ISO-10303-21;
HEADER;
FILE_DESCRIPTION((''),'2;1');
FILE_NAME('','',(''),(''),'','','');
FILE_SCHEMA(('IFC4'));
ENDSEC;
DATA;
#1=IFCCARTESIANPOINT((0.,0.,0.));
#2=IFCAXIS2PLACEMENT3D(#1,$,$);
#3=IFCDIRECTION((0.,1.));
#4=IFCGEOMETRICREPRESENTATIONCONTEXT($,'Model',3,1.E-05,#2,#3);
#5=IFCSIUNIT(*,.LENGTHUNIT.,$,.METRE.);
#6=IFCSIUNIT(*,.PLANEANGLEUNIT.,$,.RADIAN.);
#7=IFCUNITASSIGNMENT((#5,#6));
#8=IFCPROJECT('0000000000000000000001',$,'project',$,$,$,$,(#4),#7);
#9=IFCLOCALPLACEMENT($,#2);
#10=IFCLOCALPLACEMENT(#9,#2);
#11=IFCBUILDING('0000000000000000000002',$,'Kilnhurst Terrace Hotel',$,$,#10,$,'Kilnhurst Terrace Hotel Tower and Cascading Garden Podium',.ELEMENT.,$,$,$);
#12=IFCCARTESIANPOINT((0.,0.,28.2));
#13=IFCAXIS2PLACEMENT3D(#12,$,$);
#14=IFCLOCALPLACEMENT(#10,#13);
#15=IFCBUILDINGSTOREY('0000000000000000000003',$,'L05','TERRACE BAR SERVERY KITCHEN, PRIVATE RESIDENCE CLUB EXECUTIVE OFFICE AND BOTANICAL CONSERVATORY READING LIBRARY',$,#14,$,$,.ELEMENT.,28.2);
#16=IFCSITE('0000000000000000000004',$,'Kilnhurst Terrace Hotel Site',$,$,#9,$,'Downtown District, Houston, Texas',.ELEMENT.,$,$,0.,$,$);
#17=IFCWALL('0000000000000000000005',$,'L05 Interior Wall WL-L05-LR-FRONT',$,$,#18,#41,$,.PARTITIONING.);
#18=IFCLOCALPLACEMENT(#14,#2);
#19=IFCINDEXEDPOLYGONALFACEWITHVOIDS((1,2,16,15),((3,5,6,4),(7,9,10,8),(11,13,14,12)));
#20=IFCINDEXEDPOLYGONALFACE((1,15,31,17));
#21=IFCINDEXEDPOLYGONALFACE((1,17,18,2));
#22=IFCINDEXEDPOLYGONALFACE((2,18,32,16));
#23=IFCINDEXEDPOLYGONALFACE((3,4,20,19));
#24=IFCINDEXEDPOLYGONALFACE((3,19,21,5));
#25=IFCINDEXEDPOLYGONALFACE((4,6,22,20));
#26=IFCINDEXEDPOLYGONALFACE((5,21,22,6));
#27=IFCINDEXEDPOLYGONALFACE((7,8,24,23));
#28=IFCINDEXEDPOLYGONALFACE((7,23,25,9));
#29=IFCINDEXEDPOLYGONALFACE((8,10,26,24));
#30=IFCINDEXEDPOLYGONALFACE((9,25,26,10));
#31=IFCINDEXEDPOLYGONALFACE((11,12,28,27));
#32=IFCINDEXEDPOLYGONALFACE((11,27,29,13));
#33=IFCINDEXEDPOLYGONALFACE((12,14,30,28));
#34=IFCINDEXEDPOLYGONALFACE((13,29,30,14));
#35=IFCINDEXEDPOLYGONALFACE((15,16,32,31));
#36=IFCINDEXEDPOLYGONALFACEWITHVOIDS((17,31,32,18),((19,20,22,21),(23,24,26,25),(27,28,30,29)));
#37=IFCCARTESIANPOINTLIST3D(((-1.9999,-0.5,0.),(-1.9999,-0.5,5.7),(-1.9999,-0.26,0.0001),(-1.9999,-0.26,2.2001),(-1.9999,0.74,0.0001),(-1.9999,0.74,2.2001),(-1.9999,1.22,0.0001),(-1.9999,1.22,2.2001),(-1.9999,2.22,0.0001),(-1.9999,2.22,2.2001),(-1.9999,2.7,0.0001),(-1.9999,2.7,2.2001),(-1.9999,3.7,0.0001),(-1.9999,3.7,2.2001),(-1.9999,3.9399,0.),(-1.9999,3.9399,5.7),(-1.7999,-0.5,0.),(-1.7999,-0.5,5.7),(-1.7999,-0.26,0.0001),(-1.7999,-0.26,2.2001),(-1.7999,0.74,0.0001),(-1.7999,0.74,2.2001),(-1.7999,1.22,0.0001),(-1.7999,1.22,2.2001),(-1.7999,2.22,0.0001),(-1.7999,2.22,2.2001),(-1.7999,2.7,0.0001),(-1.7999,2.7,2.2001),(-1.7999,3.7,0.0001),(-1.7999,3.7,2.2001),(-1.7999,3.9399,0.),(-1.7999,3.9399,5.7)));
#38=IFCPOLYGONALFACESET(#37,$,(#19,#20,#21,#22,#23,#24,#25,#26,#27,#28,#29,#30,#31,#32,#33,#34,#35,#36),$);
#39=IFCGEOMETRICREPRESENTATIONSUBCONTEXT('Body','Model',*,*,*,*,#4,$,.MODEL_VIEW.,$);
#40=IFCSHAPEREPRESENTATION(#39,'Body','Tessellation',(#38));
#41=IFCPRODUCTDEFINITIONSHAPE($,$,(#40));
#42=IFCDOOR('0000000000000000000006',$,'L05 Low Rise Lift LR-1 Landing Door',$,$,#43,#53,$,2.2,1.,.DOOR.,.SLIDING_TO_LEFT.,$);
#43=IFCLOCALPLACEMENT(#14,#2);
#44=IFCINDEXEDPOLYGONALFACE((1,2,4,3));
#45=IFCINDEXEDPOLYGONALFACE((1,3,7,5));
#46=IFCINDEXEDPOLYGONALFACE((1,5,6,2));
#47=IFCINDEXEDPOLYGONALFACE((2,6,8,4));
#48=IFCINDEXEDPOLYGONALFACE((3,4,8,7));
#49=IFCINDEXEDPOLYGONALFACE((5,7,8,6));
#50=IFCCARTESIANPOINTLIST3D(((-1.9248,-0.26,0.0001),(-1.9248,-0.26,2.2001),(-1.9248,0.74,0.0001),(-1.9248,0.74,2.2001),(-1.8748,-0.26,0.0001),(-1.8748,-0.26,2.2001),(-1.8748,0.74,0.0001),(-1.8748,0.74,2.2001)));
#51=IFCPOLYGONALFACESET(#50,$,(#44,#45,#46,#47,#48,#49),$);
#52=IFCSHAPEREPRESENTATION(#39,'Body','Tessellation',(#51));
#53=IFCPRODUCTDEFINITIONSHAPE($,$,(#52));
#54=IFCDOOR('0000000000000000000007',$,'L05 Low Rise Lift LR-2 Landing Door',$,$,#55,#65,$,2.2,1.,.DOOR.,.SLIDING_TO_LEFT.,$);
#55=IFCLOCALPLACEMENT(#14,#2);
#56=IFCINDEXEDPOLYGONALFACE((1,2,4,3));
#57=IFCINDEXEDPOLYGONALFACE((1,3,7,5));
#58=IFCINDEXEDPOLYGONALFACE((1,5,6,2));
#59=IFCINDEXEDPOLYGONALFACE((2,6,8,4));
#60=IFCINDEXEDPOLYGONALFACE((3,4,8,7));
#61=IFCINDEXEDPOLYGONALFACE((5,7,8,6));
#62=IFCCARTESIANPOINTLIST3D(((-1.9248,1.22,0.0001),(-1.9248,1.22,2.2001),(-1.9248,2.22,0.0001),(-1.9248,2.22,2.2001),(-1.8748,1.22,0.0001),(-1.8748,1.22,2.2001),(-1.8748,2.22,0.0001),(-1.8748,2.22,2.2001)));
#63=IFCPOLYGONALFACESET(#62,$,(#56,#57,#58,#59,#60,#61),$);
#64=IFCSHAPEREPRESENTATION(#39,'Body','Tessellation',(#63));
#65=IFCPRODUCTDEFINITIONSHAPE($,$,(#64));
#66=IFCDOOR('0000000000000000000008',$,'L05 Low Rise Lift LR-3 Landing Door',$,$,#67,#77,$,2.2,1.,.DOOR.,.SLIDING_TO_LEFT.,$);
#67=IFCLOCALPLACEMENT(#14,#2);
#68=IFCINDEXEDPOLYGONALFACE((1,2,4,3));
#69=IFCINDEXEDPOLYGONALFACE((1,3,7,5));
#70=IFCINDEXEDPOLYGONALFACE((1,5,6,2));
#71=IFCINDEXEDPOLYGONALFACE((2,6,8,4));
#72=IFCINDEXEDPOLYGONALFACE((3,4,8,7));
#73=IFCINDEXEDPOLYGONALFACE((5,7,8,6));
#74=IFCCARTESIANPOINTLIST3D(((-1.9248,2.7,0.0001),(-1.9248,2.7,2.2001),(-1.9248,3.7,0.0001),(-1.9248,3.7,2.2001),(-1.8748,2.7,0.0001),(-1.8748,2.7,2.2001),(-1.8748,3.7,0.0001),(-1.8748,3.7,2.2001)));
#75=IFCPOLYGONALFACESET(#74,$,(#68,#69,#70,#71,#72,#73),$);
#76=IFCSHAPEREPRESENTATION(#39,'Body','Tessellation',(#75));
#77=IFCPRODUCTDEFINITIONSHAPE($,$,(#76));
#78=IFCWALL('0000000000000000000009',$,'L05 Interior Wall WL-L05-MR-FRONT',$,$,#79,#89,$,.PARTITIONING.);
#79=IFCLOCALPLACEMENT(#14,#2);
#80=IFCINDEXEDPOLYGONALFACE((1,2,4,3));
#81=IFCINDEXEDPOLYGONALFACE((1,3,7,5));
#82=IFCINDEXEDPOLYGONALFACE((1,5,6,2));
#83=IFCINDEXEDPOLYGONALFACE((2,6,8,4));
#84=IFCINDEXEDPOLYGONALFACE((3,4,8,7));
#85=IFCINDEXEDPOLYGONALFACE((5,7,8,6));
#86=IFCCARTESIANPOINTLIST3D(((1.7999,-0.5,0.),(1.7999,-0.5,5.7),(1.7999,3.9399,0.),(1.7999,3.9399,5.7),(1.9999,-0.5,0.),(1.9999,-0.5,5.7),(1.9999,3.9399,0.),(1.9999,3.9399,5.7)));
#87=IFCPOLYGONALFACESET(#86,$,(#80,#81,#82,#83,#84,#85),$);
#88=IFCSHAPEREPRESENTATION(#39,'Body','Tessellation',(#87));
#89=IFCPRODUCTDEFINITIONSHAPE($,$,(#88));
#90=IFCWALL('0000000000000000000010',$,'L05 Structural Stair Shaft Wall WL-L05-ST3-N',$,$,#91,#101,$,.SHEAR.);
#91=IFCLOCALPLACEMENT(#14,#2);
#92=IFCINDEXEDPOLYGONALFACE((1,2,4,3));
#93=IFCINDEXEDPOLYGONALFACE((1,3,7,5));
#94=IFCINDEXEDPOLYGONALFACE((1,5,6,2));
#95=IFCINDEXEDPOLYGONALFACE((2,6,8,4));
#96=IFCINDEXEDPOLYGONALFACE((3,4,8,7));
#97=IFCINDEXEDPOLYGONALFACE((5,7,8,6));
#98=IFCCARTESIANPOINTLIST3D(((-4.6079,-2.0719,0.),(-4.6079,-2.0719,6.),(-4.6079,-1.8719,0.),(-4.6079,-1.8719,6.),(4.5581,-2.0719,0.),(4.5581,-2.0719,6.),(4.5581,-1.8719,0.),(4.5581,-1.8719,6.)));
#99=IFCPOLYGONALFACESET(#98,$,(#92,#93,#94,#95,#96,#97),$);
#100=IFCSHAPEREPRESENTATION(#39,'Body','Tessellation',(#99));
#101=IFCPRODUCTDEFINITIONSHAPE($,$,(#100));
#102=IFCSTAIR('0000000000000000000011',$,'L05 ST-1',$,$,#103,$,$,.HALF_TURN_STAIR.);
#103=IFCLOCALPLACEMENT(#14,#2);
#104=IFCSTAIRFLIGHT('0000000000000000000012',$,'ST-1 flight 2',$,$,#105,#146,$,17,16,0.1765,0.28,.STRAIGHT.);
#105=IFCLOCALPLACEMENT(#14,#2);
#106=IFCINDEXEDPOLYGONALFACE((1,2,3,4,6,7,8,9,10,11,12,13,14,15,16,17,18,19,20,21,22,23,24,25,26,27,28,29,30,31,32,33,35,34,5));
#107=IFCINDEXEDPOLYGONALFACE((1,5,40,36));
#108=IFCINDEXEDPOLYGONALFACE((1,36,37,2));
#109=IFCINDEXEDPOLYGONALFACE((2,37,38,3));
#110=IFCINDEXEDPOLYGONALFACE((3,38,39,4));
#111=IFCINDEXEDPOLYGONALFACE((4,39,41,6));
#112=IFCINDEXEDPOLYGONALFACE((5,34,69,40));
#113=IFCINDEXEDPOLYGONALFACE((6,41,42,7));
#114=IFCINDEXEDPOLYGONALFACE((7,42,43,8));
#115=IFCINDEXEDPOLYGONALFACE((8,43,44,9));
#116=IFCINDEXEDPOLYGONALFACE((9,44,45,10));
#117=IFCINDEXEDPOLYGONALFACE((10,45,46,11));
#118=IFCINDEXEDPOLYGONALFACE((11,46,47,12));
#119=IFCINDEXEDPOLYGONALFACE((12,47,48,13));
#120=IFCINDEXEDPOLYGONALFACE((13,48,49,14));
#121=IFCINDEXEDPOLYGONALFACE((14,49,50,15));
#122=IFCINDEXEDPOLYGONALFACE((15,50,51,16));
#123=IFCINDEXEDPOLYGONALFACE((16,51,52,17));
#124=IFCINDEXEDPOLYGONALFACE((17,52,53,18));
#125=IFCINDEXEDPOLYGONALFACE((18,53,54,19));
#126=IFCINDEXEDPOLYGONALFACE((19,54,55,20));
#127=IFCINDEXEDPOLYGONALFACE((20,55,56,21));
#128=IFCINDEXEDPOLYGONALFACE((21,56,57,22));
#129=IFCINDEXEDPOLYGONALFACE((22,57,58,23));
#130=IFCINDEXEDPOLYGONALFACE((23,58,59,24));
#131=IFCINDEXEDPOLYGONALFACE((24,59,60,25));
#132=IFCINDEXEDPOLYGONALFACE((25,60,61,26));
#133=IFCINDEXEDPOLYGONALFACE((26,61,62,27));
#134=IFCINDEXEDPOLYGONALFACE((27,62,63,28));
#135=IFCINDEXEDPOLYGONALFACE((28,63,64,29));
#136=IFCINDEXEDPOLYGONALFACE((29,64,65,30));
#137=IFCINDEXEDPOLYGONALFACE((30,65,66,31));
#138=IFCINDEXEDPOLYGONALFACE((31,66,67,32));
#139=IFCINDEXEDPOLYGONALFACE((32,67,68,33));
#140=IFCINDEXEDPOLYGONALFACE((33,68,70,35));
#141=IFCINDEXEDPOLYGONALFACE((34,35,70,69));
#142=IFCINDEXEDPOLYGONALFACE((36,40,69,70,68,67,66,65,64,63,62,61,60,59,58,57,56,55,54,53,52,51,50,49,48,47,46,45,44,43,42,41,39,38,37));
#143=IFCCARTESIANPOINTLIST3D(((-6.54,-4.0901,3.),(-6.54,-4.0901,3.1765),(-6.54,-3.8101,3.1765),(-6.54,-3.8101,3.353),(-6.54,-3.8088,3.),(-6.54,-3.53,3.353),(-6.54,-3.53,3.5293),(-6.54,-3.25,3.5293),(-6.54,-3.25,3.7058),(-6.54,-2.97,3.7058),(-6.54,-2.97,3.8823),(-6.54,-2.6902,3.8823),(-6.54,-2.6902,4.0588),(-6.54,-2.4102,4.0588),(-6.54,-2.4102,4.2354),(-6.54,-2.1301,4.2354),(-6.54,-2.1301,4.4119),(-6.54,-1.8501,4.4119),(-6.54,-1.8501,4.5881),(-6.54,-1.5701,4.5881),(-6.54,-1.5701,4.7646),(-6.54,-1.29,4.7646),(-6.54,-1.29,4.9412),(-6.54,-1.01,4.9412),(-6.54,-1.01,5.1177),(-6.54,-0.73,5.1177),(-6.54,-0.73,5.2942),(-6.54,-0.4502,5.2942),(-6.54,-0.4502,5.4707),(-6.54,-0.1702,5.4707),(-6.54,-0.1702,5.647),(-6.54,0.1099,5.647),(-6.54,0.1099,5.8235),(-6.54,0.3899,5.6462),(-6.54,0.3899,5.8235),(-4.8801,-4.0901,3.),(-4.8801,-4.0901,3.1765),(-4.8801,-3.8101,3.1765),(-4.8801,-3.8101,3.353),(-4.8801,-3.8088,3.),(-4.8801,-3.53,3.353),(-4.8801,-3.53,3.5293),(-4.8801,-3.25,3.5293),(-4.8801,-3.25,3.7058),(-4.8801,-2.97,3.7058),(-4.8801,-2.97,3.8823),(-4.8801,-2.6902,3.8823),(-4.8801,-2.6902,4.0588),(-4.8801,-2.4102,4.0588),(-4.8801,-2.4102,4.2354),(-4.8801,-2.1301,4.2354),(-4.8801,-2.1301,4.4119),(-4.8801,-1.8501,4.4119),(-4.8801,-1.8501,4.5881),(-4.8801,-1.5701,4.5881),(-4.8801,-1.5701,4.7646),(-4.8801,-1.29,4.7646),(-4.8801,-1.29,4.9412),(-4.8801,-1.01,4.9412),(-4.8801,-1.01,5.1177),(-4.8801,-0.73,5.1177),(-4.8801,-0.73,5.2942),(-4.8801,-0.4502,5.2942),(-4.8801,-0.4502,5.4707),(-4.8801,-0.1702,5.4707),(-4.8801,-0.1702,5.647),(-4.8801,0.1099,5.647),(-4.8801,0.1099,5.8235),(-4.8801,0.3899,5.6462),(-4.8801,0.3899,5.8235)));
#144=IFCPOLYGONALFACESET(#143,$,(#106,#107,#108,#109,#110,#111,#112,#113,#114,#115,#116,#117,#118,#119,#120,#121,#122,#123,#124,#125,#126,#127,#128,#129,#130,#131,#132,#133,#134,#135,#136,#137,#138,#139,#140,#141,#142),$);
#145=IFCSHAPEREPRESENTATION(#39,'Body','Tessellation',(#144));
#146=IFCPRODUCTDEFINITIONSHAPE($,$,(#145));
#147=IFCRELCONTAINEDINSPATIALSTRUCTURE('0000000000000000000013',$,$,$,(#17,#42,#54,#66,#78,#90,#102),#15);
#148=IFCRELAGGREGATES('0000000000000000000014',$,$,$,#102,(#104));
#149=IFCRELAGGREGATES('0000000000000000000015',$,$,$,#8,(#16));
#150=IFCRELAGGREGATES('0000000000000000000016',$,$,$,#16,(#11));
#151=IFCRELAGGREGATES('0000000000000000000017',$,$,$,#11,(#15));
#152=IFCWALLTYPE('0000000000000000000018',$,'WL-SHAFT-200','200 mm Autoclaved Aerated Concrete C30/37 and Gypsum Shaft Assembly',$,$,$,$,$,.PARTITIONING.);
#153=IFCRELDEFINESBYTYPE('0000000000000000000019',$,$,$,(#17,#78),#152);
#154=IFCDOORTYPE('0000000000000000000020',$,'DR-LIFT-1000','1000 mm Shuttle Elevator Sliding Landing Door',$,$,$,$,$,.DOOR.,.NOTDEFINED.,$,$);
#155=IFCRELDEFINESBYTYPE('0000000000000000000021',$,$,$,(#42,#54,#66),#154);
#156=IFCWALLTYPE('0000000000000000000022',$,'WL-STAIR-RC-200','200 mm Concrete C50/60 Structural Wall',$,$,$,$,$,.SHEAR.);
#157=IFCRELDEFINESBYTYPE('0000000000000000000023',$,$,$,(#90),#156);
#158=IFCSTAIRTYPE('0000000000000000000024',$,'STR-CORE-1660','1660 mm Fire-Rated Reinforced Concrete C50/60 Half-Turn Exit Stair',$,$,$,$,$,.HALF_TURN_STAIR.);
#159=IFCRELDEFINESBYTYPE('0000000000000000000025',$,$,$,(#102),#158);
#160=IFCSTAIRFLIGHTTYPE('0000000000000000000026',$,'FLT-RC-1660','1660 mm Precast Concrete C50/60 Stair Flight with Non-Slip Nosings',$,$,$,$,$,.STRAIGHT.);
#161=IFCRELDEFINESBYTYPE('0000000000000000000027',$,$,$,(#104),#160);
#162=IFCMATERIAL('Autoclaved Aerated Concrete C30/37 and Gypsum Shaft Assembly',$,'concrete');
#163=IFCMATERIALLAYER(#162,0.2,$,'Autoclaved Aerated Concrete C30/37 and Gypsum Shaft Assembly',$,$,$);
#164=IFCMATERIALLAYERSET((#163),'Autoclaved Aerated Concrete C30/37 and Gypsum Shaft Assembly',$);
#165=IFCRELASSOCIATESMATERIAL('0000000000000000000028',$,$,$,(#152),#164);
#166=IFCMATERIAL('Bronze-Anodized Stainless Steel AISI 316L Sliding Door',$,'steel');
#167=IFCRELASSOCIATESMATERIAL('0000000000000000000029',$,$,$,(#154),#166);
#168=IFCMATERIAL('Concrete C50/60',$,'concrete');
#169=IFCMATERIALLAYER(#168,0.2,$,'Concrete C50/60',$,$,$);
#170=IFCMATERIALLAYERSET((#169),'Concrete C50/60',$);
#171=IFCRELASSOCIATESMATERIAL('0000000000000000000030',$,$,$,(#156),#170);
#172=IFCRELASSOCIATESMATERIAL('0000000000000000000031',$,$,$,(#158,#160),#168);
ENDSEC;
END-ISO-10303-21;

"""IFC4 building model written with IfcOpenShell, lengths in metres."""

from ifc_helpers import new_model, si_unit, direction, frame, frame_2d, origin, place, context, subcontext, project, spatial, polyline, rectangle, outline, extrude, material, layer, layer_set, type_object, element, fill, aggregate, save


model = new_model("IFC4")

# Units and contexts
model_context = context("Model", 3, precision=1e-05, world=origin(), true_north=direction((0.0, 1.0)))
body_context = subcontext(model_context, "Body", "Model", "MODEL_VIEW")
ifc_project = project(units=[si_unit("LENGTHUNIT", "METRE"), si_unit("PLANEANGLEUNIT", "RADIAN")], contexts=[model_context])

# Site, building, storey
site_placement = place(None, origin())
site = spatial("IfcSite", under=ifc_project, at=site_placement, Name="Kilnhurst Terrace Hotel Site", LongName="Downtown District, Houston, Texas", CompositionType="ELEMENT", RefElevation=0.0)
building_placement = place(site_placement, origin())
building = spatial("IfcBuilding", under=site, at=building_placement, Name="Kilnhurst Terrace Hotel", LongName="Kilnhurst Terrace Hotel Tower and Cascading Garden Podium", CompositionType="ELEMENT")
storey_placement = place(building_placement, frame((0.0, 0.0, 28.2)))
storey = spatial("IfcBuildingStorey", under=building, at=storey_placement, Name="L05", Description="TERRACE BAR SERVERY KITCHEN, PRIVATE RESIDENCE CLUB EXECUTIVE OFFICE AND BOTANICAL CONSERVATORY READING LIBRARY", CompositionType="ELEMENT", Elevation=28.2)

# Shared definitions
ifc_material_1 = material(Name="Autoclaved Aerated Concrete C30/37 and Gypsum Shaft Assembly", Category="concrete")
ifc_layer_1 = layer(ifc_material_1, 0.2, Name="Autoclaved Aerated Concrete C30/37 and Gypsum Shaft Assembly")
ifc_layer_set_1 = layer_set([ifc_layer_1], Name="Autoclaved Aerated Concrete C30/37 and Gypsum Shaft Assembly")
wall_type_1 = type_object("IfcWallType", Name="WL-SHAFT-200", Description="200 mm Autoclaved Aerated Concrete C30/37 and Gypsum Shaft Assembly", PredefinedType="PARTITIONING", material=ifc_layer_set_1)
ifc_material_2 = material(Name="Bronze-Anodized Stainless Steel AISI 316L Sliding Door", Category="steel")
door_type_1 = type_object("IfcDoorType", Name="DR-LIFT-1000", Description="1000 mm Shuttle Elevator Sliding Landing Door", OperationType="NOTDEFINED", PredefinedType="DOOR", material=ifc_material_2)

# Wall, openings, doors
wall_1_placement = place(storey_placement, frame((-1.8999, -0.5, 0.0), z_axis=(0.0, 0.0, 1.0), x_axis=(0.0, 1.0, 0.0)))
wall_1 = element("IfcWall", 1, at=wall_1_placement, inside=storey, type_object=wall_type_1, Name="L05 Interior Wall WL-L05-LR-FRONT", PredefinedType="PARTITIONING", context=body_context, shape_type="SweptSolid", body=[
    extrude(rectangle(XDim=4.4399, YDim=0.2, at=frame_2d((2.22, 0.0))), origin(), (0.0, 0.0, 1.0), 5.7),
])
opening_1_placement = place(wall_1_placement, frame((0.24, 0.0, 0.0)))
opening_1 = element("IfcOpeningElement", 2, at=opening_1_placement, cuts=wall_1, PredefinedType="OPENING", context=body_context, shape_type="SweptSolid", body=[
    extrude(rectangle(XDim=1.0, YDim=2.2, at=frame_2d((0.5, 1.1001))), frame((0.0, 0.1099, 0.0), z_axis=(0.0, -1.0, 0.0), x_axis=(1.0, 0.0, 0.0)), (0.0, 0.0, 1.0), 0.22),
])
opening_2_placement = place(wall_1_placement, frame((1.72, 0.0, 0.0)))
opening_2 = element("IfcOpeningElement", 3, at=opening_2_placement, cuts=wall_1, PredefinedType="OPENING", context=body_context, shape_type="SweptSolid", body=[
    extrude(rectangle(XDim=1.0, YDim=2.2, at=frame_2d((0.5, 1.1001))), frame((0.0, 0.1099, 0.0), z_axis=(0.0, -1.0, 0.0), x_axis=(1.0, 0.0, 0.0)), (0.0, 0.0, 1.0), 0.22),
])
opening_3_placement = place(wall_1_placement, frame((3.2, 0.0, 0.0)))
opening_3 = element("IfcOpeningElement", 4, at=opening_3_placement, cuts=wall_1, PredefinedType="OPENING", context=body_context, shape_type="SweptSolid", body=[
    extrude(rectangle(XDim=1.0, YDim=2.2, at=frame_2d((0.5, 1.1001))), frame((0.0, 0.1099, 0.0), z_axis=(0.0, -1.0, 0.0), x_axis=(1.0, 0.0, 0.0)), (0.0, 0.0, 1.0), 0.22),
])
door_1_placement = place(opening_1_placement, origin())
door_1 = element("IfcDoor", 5, at=door_1_placement, inside=storey, type_object=door_type_1, Name="L05 Low Rise Lift LR-1 Landing Door", OperationType="SLIDING_TO_LEFT", OverallHeight=2.2, OverallWidth=1.0, PredefinedType="DOOR", context=body_context, shape_type="SweptSolid", body=[
    extrude(rectangle(XDim=1.0, YDim=2.2, at=frame_2d((0.5, 1.1001))), frame((0.0, 0.0249, 0.0), z_axis=(0.0, -1.0, 0.0), x_axis=(1.0, 0.0, 0.0)), (0.0, 0.0, 1.0), 0.05),
])
fill(opening_1, door_1)
door_2_placement = place(opening_2_placement, origin())
door_2 = element("IfcDoor", 6, at=door_2_placement, inside=storey, type_object=door_type_1, Name="L05 Low Rise Lift LR-2 Landing Door", OperationType="SLIDING_TO_LEFT", OverallHeight=2.2, OverallWidth=1.0, PredefinedType="DOOR", context=body_context, shape_type="SweptSolid", body=[
    extrude(rectangle(XDim=1.0, YDim=2.2, at=frame_2d((0.5, 1.1001))), frame((0.0, 0.0249, 0.0), z_axis=(0.0, -1.0, 0.0), x_axis=(1.0, 0.0, 0.0)), (0.0, 0.0, 1.0), 0.05),
])
fill(opening_2, door_2)
door_3_placement = place(opening_3_placement, origin())
door_3 = element("IfcDoor", 7, at=door_3_placement, inside=storey, type_object=door_type_1, Name="L05 Low Rise Lift LR-3 Landing Door", OperationType="SLIDING_TO_LEFT", OverallHeight=2.2, OverallWidth=1.0, PredefinedType="DOOR", context=body_context, shape_type="SweptSolid", body=[
    extrude(rectangle(XDim=1.0, YDim=2.2, at=frame_2d((0.5, 1.1001))), frame((0.0, 0.0249, 0.0), z_axis=(0.0, -1.0, 0.0), x_axis=(1.0, 0.0, 0.0)), (0.0, 0.0, 1.0), 0.05),
])
fill(opening_3, door_3)

# Walls
wall_2_placement = place(storey_placement, frame((1.8999, -0.5, 0.0), z_axis=(0.0, 0.0, 1.0), x_axis=(0.0, 1.0, 0.0)))
element("IfcWall", 8, at=wall_2_placement, inside=storey, type_object=wall_type_1, Name="L05 Interior Wall WL-L05-MR-FRONT", PredefinedType="PARTITIONING", context=body_context, shape_type="SweptSolid", body=[
    extrude(rectangle(XDim=4.4399, YDim=0.2, at=frame_2d((2.22, 0.0))), origin(), (0.0, 0.0, 1.0), 5.7),
])
ifc_material_3 = material(Name="Concrete C50/60", Category="concrete")
ifc_layer_2 = layer(ifc_material_3, 0.2, Name="Concrete C50/60")
ifc_layer_set_2 = layer_set([ifc_layer_2], Name="Concrete C50/60")
wall_type_2 = type_object("IfcWallType", Name="WL-STAIR-RC-200", Description="200 mm Concrete C50/60 Structural Wall", PredefinedType="SHEAR", material=ifc_layer_set_2)
wall_3_placement = place(storey_placement, frame((-4.6079, -1.9719, 0.0), z_axis=(0.0, 0.0, 1.0), x_axis=(1.0, 0.0, 0.0)))
element("IfcWall", 9, at=wall_3_placement, inside=storey, type_object=wall_type_2, Name="L05 Structural Stair Shaft Wall WL-L05-ST3-N", PredefinedType="SHEAR", context=body_context, shape_type="SweptSolid", body=[
    extrude(rectangle(XDim=9.166, YDim=0.2, at=frame_2d((4.583, 0.0))), origin(), (0.0, 0.0, 1.0), 6.0),
])

# Stair, stair flight
stair_type = type_object("IfcStairType", Name="STR-CORE-1660", Description="1660 mm Fire-Rated Reinforced Concrete C50/60 Half-Turn Exit Stair", PredefinedType="HALF_TURN_STAIR", material=ifc_material_3)
stair_1_placement = place(storey_placement, origin())
stair_1 = element("IfcStair", 10, at=stair_1_placement, inside=storey, type_object=stair_type, Name="L05 ST-1", PredefinedType="HALF_TURN_STAIR")
stair_flight_type = type_object("IfcStairFlightType", Name="FLT-RC-1660", Description="1660 mm Precast Concrete C50/60 Stair Flight with Non-Slip Nosings", PredefinedType="STRAIGHT", material=ifc_material_3)
stair_flight_1_placement = place(storey_placement, frame((-5.71, -4.0901, 3.0), z_axis=(0.0, 0.0, 1.0), x_axis=(0.0, 1.0, 0.0)))
stair_flight_1 = element("IfcStairFlight", 11, at=stair_flight_1_placement, type_object=stair_flight_type, Name="ST-1 flight 2", NumberOfRisers=17, NumberOfTreads=16, PredefinedType="STRAIGHT", RiserHeight=0.1765, TreadLength=0.28, context=body_context, shape_type="SweptSolid", body=[
    extrude(outline(polyline([(0.0, 0.0), (0.0, 0.1765), (0.28, 0.1765), (0.28, 0.353), (0.5601, 0.353), (0.5601, 0.5293), (0.8401, 0.5293), (0.8401, 0.7058), (1.1201, 0.7058), (1.1201, 0.8823), (1.3999, 0.8823), (1.3999, 1.0588), (1.6799, 1.0588), (1.6799, 1.2354), (1.96, 1.2354), (1.96, 1.4119), (2.24, 1.4119), (2.24, 1.5881), (2.52, 1.5881), (2.52, 1.7646), (2.8, 1.7646), (2.8, 1.9412), (3.0801, 1.9412), (3.0801, 2.1177), (3.3601, 2.1177), (3.3601, 2.2942), (3.6399, 2.2942), (3.6399, 2.4707), (3.9199, 2.4707), (3.9199, 2.647), (4.2, 2.647), (4.2, 2.8235), (4.48, 2.8235), (4.48, 3.0), (4.48, 2.6462), (0.2812, 0.0), (0.0, 0.0)])), frame((0.0, 0.8301, 0.0), z_axis=(0.0, -1.0, 0.0), x_axis=(1.0, 0.0, 0.0)), (0.0, 0.0, 1.0), 1.6599),
])
aggregate(stair_1, [stair_flight_1])

save(model, "model.ifc")
